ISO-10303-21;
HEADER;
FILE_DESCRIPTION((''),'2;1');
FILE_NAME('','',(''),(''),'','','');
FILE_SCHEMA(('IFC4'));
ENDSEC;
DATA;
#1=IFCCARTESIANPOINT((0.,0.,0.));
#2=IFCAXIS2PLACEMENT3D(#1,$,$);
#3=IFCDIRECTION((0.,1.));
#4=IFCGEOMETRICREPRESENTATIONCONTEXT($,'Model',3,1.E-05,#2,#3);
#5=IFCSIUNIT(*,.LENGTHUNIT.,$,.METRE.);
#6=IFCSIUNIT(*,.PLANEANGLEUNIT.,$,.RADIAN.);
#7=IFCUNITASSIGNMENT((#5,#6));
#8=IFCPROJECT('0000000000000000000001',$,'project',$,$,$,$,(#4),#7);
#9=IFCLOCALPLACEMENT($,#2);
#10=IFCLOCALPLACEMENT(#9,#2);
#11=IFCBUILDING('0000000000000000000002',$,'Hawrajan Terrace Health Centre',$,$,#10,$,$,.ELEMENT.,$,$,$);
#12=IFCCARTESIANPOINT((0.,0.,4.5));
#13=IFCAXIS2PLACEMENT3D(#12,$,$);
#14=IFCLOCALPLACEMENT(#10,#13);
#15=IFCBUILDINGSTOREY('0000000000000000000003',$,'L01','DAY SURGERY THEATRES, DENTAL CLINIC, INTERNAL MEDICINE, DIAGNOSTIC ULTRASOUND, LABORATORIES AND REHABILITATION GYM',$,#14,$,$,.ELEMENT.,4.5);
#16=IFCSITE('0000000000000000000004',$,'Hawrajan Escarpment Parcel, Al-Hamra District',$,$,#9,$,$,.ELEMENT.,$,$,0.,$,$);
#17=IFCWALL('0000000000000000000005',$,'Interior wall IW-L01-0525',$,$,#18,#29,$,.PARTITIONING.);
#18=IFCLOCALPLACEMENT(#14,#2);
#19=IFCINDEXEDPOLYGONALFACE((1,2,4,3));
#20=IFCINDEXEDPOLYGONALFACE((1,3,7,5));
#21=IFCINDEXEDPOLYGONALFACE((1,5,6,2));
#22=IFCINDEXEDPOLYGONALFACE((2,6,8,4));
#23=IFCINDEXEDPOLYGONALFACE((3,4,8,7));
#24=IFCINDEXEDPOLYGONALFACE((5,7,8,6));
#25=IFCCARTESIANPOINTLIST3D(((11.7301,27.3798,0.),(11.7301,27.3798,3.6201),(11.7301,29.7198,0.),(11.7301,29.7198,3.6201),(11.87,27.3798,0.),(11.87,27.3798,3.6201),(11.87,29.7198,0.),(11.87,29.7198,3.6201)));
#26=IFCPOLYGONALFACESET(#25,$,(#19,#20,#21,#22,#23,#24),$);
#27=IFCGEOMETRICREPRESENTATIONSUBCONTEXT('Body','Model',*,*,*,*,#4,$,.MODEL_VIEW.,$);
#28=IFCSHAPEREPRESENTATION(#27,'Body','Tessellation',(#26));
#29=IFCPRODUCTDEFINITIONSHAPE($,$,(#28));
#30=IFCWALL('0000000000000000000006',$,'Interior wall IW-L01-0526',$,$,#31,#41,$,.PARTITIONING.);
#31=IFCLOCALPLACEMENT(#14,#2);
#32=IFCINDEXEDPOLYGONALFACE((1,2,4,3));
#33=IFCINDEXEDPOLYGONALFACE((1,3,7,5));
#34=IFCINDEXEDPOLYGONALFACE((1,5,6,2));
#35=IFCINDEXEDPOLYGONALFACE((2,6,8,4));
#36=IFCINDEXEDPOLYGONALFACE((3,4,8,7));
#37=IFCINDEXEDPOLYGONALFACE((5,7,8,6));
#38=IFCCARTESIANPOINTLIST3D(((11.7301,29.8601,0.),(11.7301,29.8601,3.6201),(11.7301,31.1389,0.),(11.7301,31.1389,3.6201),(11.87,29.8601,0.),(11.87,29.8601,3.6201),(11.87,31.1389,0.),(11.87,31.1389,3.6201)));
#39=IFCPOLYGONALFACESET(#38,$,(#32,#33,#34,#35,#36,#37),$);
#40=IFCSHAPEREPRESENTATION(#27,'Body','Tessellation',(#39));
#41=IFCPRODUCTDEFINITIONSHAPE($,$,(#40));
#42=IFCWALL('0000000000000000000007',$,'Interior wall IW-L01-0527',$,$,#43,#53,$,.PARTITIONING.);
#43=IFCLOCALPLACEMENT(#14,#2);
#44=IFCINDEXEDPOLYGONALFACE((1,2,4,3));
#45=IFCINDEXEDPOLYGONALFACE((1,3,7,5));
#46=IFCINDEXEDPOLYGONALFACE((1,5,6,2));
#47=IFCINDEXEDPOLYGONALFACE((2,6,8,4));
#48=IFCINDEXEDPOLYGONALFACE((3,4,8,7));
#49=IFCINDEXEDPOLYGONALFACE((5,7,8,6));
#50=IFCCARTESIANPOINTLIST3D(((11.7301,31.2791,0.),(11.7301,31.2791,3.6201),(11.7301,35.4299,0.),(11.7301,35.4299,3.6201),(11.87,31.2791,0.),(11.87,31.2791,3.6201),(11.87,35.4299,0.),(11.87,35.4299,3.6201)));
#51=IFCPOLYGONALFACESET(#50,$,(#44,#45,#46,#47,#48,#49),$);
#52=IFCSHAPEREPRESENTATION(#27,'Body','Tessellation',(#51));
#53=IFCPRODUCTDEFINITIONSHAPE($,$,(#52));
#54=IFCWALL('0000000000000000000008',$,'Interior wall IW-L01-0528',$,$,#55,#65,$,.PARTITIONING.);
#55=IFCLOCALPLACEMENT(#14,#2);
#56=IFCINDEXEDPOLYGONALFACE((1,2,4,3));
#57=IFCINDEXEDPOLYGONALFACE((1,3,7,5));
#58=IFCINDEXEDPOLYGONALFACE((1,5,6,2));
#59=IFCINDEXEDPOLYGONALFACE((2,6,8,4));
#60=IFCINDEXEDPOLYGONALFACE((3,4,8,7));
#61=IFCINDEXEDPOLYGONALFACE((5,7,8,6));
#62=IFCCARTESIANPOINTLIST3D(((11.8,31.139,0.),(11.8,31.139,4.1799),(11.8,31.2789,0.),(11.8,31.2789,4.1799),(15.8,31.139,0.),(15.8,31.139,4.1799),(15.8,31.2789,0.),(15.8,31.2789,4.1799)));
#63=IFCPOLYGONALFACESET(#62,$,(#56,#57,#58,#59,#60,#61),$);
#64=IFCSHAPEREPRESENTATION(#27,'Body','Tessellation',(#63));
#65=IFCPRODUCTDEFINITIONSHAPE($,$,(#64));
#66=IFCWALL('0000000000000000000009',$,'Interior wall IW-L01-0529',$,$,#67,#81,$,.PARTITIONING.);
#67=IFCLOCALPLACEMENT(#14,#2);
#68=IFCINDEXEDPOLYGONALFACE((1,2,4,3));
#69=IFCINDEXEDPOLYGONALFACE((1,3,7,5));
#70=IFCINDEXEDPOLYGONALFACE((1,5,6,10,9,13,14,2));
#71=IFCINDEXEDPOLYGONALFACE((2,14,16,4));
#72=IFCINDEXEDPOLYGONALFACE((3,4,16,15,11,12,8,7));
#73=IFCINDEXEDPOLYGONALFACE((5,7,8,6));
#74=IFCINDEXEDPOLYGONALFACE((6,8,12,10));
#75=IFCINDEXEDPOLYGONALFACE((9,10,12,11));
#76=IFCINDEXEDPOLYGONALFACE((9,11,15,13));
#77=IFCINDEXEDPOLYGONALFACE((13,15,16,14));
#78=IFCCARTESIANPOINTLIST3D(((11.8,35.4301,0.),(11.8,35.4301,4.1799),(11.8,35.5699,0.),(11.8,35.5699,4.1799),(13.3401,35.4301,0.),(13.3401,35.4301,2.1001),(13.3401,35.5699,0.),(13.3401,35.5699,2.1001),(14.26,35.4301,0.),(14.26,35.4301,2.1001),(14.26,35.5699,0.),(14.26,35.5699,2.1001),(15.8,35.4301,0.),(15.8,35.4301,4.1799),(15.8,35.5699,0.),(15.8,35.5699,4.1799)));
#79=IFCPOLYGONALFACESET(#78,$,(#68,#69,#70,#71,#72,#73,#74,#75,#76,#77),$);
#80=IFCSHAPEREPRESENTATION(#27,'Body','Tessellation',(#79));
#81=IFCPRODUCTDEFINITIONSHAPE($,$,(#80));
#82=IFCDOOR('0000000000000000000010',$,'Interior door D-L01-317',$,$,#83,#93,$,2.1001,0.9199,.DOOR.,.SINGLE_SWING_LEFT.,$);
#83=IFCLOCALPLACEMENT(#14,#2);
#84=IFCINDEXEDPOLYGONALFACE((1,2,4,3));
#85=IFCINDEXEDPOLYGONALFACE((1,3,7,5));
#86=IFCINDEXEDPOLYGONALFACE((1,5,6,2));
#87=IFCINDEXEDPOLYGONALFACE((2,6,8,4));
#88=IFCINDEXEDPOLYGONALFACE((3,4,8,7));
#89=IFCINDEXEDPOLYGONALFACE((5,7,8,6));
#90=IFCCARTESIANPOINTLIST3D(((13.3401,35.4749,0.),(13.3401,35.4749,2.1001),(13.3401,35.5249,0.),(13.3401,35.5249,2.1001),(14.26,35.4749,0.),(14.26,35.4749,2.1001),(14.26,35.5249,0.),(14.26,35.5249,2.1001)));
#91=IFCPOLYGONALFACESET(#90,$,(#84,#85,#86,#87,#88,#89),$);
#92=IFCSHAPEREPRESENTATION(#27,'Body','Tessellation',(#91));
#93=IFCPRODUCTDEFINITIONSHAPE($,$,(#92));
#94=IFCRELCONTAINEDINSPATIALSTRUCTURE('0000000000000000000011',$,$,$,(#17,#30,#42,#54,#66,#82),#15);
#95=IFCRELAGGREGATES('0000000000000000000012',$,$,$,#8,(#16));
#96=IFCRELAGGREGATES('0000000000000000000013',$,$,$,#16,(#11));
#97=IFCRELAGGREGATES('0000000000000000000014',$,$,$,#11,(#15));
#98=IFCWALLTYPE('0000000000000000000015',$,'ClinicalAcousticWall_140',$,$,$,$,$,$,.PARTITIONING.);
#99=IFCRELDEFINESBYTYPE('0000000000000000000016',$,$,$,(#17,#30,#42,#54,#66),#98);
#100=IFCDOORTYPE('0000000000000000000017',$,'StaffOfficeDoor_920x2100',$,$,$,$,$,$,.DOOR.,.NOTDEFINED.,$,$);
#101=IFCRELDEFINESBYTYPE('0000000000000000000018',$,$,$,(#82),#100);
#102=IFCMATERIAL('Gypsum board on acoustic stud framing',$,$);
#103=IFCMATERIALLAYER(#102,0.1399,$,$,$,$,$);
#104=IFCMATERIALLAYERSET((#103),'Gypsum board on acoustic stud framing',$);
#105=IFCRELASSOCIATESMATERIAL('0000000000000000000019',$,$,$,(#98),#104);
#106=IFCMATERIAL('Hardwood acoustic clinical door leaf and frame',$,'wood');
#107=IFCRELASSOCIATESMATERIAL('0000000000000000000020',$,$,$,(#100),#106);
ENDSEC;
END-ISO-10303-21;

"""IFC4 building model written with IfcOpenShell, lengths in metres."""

from ifc_helpers import new_model, si_unit, direction, frame, frame_2d, origin, place, context, subcontext, project, spatial, rectangle, extrude, material, layer, layer_set, type_object, element, fill, save


model = new_model("IFC4")

# Units and contexts
model_context = context("Model", 3, precision=1e-05, world=origin(), true_north=direction((0.0, 1.0)))
body_context = subcontext(model_context, "Body", "Model", "MODEL_VIEW")
ifc_project = project(units=[si_unit("LENGTHUNIT", "METRE"), si_unit("PLANEANGLEUNIT", "RADIAN")], contexts=[model_context])

# Site, building, storey
site_placement = place(None, origin())
site = spatial("IfcSite", under=ifc_project, at=site_placement, Name="Hawrajan Escarpment Parcel, Al-Hamra District", CompositionType="ELEMENT", RefElevation=0.0)
building_placement = place(site_placement, origin())
building = spatial("IfcBuilding", under=site, at=building_placement, Name="Hawrajan Terrace Health Centre", CompositionType="ELEMENT")
storey_placement = place(building_placement, frame((0.0, 0.0, 4.5)))
storey = spatial("IfcBuildingStorey", under=building, at=storey_placement, Name="L01", Description="DAY SURGERY THEATRES, DENTAL CLINIC, INTERNAL MEDICINE, DIAGNOSTIC ULTRASOUND, LABORATORIES AND REHABILITATION GYM", CompositionType="ELEMENT", Elevation=4.5)

# Walls
ifc_material_1 = material(Name="Gypsum board on acoustic stud framing")
ifc_layer_1 = layer(ifc_material_1, 0.1399)
ifc_layer_set_1 = layer_set([ifc_layer_1], Name="Gypsum board on acoustic stud framing")
wall_type = type_object("IfcWallType", Name="ClinicalAcousticWall_140", PredefinedType="PARTITIONING", material=ifc_layer_set_1)
wall_1_placement = place(storey_placement, frame((11.8, 27.3799, 0.0), z_axis=(0.0, 0.0, 1.0), x_axis=(0.0, 1.0, 0.0)))
element("IfcWall", 1, at=wall_1_placement, inside=storey, type_object=wall_type, Name="Interior wall IW-L01-0525", PredefinedType="PARTITIONING", context=body_context, shape_type="SweptSolid", body=[
    extrude(rectangle(XDim=2.3401, YDim=0.1399, at=frame_2d((1.1699, 0.0))), origin(), (0.0, 0.0, 1.0), 3.6201),
])
wall_2_placement = place(storey_placement, frame((11.8, 29.8601, 0.0), z_axis=(0.0, 0.0, 1.0), x_axis=(0.0, 1.0, 0.0)))
element("IfcWall", 2, at=wall_2_placement, inside=storey, type_object=wall_type, Name="Interior wall IW-L01-0526", PredefinedType="PARTITIONING", context=body_context, shape_type="SweptSolid", body=[
    extrude(rectangle(XDim=1.2788, YDim=0.1399, at=frame_2d((0.6394, 0.0))), origin(), (0.0, 0.0, 1.0), 3.6201),
])
wall_3_placement = place(storey_placement, frame((11.8, 31.2791, 0.0), z_axis=(0.0, 0.0, 1.0), x_axis=(0.0, 1.0, 0.0)))
element("IfcWall", 3, at=wall_3_placement, inside=storey, type_object=wall_type, Name="Interior wall IW-L01-0527", PredefinedType="PARTITIONING", context=body_context, shape_type="SweptSolid", body=[
    extrude(rectangle(XDim=4.1509, YDim=0.1399, at=frame_2d((2.0754, 0.0))), origin(), (0.0, 0.0, 1.0), 3.6201),
])
wall_4_placement = place(storey_placement, frame((11.8, 31.209, 0.0), z_axis=(0.0, 0.0, 1.0), x_axis=(1.0, 0.0, 0.0)))
element("IfcWall", 4, at=wall_4_placement, inside=storey, type_object=wall_type, Name="Interior wall IW-L01-0528", PredefinedType="PARTITIONING", context=body_context, shape_type="SweptSolid", body=[
    extrude(rectangle(XDim=4.0, YDim=0.1399, at=frame_2d((2.0, 0.0))), origin(), (0.0, 0.0, 1.0), 4.1799),
])

# Wall, opening, door
wall_5_placement = place(storey_placement, frame((11.8, 35.5, 0.0), z_axis=(0.0, 0.0, 1.0), x_axis=(1.0, 0.0, 0.0)))
wall_5 = element("IfcWall", 5, at=wall_5_placement, inside=storey, type_object=wall_type, Name="Interior wall IW-L01-0529", PredefinedType="PARTITIONING", context=body_context, shape_type="SweptSolid", body=[
    extrude(rectangle(XDim=4.0, YDim=0.1399, at=frame_2d((2.0, 0.0))), origin(), (0.0, 0.0, 1.0), 4.1799),
])
opening_placement = place(wall_5_placement, frame((1.54, 0.0, 0.0)))
opening = element("IfcOpeningElement", 6, at=opening_placement, cuts=wall_5, PredefinedType="OPENING", context=body_context, shape_type="SweptSolid", body=[
    extrude(rectangle(XDim=0.9199, YDim=2.1001, at=frame_2d((0.46, 1.05))), frame((0.0, 0.0798, 0.0), z_axis=(0.0, -1.0, 0.0), x_axis=(1.0, 0.0, 0.0)), (0.0, 0.0, 1.0), 0.1599),
])
ifc_material_2 = material(Name="Hardwood acoustic clinical door leaf and frame", Category="wood")
door_type = type_object("IfcDoorType", Name="StaffOfficeDoor_920x2100", OperationType="NOTDEFINED", PredefinedType="DOOR", material=ifc_material_2)
door_placement = place(opening_placement, origin())
door = element("IfcDoor", 7, at=door_placement, inside=storey, type_object=door_type, Name="Interior door D-L01-317", OperationType="SINGLE_SWING_LEFT", OverallHeight=2.1001, OverallWidth=0.9199, PredefinedType="DOOR", context=body_context, shape_type="SweptSolid", body=[
    extrude(rectangle(XDim=0.9199, YDim=2.1001, at=frame_2d((0.46, 1.05))), frame((0.0, 0.0249, 0.0), z_axis=(0.0, -1.0, 0.0), x_axis=(1.0, 0.0, 0.0)), (0.0, 0.0, 1.0), 0.05),
])
fill(opening, door)

save(model, "model.ifc")
